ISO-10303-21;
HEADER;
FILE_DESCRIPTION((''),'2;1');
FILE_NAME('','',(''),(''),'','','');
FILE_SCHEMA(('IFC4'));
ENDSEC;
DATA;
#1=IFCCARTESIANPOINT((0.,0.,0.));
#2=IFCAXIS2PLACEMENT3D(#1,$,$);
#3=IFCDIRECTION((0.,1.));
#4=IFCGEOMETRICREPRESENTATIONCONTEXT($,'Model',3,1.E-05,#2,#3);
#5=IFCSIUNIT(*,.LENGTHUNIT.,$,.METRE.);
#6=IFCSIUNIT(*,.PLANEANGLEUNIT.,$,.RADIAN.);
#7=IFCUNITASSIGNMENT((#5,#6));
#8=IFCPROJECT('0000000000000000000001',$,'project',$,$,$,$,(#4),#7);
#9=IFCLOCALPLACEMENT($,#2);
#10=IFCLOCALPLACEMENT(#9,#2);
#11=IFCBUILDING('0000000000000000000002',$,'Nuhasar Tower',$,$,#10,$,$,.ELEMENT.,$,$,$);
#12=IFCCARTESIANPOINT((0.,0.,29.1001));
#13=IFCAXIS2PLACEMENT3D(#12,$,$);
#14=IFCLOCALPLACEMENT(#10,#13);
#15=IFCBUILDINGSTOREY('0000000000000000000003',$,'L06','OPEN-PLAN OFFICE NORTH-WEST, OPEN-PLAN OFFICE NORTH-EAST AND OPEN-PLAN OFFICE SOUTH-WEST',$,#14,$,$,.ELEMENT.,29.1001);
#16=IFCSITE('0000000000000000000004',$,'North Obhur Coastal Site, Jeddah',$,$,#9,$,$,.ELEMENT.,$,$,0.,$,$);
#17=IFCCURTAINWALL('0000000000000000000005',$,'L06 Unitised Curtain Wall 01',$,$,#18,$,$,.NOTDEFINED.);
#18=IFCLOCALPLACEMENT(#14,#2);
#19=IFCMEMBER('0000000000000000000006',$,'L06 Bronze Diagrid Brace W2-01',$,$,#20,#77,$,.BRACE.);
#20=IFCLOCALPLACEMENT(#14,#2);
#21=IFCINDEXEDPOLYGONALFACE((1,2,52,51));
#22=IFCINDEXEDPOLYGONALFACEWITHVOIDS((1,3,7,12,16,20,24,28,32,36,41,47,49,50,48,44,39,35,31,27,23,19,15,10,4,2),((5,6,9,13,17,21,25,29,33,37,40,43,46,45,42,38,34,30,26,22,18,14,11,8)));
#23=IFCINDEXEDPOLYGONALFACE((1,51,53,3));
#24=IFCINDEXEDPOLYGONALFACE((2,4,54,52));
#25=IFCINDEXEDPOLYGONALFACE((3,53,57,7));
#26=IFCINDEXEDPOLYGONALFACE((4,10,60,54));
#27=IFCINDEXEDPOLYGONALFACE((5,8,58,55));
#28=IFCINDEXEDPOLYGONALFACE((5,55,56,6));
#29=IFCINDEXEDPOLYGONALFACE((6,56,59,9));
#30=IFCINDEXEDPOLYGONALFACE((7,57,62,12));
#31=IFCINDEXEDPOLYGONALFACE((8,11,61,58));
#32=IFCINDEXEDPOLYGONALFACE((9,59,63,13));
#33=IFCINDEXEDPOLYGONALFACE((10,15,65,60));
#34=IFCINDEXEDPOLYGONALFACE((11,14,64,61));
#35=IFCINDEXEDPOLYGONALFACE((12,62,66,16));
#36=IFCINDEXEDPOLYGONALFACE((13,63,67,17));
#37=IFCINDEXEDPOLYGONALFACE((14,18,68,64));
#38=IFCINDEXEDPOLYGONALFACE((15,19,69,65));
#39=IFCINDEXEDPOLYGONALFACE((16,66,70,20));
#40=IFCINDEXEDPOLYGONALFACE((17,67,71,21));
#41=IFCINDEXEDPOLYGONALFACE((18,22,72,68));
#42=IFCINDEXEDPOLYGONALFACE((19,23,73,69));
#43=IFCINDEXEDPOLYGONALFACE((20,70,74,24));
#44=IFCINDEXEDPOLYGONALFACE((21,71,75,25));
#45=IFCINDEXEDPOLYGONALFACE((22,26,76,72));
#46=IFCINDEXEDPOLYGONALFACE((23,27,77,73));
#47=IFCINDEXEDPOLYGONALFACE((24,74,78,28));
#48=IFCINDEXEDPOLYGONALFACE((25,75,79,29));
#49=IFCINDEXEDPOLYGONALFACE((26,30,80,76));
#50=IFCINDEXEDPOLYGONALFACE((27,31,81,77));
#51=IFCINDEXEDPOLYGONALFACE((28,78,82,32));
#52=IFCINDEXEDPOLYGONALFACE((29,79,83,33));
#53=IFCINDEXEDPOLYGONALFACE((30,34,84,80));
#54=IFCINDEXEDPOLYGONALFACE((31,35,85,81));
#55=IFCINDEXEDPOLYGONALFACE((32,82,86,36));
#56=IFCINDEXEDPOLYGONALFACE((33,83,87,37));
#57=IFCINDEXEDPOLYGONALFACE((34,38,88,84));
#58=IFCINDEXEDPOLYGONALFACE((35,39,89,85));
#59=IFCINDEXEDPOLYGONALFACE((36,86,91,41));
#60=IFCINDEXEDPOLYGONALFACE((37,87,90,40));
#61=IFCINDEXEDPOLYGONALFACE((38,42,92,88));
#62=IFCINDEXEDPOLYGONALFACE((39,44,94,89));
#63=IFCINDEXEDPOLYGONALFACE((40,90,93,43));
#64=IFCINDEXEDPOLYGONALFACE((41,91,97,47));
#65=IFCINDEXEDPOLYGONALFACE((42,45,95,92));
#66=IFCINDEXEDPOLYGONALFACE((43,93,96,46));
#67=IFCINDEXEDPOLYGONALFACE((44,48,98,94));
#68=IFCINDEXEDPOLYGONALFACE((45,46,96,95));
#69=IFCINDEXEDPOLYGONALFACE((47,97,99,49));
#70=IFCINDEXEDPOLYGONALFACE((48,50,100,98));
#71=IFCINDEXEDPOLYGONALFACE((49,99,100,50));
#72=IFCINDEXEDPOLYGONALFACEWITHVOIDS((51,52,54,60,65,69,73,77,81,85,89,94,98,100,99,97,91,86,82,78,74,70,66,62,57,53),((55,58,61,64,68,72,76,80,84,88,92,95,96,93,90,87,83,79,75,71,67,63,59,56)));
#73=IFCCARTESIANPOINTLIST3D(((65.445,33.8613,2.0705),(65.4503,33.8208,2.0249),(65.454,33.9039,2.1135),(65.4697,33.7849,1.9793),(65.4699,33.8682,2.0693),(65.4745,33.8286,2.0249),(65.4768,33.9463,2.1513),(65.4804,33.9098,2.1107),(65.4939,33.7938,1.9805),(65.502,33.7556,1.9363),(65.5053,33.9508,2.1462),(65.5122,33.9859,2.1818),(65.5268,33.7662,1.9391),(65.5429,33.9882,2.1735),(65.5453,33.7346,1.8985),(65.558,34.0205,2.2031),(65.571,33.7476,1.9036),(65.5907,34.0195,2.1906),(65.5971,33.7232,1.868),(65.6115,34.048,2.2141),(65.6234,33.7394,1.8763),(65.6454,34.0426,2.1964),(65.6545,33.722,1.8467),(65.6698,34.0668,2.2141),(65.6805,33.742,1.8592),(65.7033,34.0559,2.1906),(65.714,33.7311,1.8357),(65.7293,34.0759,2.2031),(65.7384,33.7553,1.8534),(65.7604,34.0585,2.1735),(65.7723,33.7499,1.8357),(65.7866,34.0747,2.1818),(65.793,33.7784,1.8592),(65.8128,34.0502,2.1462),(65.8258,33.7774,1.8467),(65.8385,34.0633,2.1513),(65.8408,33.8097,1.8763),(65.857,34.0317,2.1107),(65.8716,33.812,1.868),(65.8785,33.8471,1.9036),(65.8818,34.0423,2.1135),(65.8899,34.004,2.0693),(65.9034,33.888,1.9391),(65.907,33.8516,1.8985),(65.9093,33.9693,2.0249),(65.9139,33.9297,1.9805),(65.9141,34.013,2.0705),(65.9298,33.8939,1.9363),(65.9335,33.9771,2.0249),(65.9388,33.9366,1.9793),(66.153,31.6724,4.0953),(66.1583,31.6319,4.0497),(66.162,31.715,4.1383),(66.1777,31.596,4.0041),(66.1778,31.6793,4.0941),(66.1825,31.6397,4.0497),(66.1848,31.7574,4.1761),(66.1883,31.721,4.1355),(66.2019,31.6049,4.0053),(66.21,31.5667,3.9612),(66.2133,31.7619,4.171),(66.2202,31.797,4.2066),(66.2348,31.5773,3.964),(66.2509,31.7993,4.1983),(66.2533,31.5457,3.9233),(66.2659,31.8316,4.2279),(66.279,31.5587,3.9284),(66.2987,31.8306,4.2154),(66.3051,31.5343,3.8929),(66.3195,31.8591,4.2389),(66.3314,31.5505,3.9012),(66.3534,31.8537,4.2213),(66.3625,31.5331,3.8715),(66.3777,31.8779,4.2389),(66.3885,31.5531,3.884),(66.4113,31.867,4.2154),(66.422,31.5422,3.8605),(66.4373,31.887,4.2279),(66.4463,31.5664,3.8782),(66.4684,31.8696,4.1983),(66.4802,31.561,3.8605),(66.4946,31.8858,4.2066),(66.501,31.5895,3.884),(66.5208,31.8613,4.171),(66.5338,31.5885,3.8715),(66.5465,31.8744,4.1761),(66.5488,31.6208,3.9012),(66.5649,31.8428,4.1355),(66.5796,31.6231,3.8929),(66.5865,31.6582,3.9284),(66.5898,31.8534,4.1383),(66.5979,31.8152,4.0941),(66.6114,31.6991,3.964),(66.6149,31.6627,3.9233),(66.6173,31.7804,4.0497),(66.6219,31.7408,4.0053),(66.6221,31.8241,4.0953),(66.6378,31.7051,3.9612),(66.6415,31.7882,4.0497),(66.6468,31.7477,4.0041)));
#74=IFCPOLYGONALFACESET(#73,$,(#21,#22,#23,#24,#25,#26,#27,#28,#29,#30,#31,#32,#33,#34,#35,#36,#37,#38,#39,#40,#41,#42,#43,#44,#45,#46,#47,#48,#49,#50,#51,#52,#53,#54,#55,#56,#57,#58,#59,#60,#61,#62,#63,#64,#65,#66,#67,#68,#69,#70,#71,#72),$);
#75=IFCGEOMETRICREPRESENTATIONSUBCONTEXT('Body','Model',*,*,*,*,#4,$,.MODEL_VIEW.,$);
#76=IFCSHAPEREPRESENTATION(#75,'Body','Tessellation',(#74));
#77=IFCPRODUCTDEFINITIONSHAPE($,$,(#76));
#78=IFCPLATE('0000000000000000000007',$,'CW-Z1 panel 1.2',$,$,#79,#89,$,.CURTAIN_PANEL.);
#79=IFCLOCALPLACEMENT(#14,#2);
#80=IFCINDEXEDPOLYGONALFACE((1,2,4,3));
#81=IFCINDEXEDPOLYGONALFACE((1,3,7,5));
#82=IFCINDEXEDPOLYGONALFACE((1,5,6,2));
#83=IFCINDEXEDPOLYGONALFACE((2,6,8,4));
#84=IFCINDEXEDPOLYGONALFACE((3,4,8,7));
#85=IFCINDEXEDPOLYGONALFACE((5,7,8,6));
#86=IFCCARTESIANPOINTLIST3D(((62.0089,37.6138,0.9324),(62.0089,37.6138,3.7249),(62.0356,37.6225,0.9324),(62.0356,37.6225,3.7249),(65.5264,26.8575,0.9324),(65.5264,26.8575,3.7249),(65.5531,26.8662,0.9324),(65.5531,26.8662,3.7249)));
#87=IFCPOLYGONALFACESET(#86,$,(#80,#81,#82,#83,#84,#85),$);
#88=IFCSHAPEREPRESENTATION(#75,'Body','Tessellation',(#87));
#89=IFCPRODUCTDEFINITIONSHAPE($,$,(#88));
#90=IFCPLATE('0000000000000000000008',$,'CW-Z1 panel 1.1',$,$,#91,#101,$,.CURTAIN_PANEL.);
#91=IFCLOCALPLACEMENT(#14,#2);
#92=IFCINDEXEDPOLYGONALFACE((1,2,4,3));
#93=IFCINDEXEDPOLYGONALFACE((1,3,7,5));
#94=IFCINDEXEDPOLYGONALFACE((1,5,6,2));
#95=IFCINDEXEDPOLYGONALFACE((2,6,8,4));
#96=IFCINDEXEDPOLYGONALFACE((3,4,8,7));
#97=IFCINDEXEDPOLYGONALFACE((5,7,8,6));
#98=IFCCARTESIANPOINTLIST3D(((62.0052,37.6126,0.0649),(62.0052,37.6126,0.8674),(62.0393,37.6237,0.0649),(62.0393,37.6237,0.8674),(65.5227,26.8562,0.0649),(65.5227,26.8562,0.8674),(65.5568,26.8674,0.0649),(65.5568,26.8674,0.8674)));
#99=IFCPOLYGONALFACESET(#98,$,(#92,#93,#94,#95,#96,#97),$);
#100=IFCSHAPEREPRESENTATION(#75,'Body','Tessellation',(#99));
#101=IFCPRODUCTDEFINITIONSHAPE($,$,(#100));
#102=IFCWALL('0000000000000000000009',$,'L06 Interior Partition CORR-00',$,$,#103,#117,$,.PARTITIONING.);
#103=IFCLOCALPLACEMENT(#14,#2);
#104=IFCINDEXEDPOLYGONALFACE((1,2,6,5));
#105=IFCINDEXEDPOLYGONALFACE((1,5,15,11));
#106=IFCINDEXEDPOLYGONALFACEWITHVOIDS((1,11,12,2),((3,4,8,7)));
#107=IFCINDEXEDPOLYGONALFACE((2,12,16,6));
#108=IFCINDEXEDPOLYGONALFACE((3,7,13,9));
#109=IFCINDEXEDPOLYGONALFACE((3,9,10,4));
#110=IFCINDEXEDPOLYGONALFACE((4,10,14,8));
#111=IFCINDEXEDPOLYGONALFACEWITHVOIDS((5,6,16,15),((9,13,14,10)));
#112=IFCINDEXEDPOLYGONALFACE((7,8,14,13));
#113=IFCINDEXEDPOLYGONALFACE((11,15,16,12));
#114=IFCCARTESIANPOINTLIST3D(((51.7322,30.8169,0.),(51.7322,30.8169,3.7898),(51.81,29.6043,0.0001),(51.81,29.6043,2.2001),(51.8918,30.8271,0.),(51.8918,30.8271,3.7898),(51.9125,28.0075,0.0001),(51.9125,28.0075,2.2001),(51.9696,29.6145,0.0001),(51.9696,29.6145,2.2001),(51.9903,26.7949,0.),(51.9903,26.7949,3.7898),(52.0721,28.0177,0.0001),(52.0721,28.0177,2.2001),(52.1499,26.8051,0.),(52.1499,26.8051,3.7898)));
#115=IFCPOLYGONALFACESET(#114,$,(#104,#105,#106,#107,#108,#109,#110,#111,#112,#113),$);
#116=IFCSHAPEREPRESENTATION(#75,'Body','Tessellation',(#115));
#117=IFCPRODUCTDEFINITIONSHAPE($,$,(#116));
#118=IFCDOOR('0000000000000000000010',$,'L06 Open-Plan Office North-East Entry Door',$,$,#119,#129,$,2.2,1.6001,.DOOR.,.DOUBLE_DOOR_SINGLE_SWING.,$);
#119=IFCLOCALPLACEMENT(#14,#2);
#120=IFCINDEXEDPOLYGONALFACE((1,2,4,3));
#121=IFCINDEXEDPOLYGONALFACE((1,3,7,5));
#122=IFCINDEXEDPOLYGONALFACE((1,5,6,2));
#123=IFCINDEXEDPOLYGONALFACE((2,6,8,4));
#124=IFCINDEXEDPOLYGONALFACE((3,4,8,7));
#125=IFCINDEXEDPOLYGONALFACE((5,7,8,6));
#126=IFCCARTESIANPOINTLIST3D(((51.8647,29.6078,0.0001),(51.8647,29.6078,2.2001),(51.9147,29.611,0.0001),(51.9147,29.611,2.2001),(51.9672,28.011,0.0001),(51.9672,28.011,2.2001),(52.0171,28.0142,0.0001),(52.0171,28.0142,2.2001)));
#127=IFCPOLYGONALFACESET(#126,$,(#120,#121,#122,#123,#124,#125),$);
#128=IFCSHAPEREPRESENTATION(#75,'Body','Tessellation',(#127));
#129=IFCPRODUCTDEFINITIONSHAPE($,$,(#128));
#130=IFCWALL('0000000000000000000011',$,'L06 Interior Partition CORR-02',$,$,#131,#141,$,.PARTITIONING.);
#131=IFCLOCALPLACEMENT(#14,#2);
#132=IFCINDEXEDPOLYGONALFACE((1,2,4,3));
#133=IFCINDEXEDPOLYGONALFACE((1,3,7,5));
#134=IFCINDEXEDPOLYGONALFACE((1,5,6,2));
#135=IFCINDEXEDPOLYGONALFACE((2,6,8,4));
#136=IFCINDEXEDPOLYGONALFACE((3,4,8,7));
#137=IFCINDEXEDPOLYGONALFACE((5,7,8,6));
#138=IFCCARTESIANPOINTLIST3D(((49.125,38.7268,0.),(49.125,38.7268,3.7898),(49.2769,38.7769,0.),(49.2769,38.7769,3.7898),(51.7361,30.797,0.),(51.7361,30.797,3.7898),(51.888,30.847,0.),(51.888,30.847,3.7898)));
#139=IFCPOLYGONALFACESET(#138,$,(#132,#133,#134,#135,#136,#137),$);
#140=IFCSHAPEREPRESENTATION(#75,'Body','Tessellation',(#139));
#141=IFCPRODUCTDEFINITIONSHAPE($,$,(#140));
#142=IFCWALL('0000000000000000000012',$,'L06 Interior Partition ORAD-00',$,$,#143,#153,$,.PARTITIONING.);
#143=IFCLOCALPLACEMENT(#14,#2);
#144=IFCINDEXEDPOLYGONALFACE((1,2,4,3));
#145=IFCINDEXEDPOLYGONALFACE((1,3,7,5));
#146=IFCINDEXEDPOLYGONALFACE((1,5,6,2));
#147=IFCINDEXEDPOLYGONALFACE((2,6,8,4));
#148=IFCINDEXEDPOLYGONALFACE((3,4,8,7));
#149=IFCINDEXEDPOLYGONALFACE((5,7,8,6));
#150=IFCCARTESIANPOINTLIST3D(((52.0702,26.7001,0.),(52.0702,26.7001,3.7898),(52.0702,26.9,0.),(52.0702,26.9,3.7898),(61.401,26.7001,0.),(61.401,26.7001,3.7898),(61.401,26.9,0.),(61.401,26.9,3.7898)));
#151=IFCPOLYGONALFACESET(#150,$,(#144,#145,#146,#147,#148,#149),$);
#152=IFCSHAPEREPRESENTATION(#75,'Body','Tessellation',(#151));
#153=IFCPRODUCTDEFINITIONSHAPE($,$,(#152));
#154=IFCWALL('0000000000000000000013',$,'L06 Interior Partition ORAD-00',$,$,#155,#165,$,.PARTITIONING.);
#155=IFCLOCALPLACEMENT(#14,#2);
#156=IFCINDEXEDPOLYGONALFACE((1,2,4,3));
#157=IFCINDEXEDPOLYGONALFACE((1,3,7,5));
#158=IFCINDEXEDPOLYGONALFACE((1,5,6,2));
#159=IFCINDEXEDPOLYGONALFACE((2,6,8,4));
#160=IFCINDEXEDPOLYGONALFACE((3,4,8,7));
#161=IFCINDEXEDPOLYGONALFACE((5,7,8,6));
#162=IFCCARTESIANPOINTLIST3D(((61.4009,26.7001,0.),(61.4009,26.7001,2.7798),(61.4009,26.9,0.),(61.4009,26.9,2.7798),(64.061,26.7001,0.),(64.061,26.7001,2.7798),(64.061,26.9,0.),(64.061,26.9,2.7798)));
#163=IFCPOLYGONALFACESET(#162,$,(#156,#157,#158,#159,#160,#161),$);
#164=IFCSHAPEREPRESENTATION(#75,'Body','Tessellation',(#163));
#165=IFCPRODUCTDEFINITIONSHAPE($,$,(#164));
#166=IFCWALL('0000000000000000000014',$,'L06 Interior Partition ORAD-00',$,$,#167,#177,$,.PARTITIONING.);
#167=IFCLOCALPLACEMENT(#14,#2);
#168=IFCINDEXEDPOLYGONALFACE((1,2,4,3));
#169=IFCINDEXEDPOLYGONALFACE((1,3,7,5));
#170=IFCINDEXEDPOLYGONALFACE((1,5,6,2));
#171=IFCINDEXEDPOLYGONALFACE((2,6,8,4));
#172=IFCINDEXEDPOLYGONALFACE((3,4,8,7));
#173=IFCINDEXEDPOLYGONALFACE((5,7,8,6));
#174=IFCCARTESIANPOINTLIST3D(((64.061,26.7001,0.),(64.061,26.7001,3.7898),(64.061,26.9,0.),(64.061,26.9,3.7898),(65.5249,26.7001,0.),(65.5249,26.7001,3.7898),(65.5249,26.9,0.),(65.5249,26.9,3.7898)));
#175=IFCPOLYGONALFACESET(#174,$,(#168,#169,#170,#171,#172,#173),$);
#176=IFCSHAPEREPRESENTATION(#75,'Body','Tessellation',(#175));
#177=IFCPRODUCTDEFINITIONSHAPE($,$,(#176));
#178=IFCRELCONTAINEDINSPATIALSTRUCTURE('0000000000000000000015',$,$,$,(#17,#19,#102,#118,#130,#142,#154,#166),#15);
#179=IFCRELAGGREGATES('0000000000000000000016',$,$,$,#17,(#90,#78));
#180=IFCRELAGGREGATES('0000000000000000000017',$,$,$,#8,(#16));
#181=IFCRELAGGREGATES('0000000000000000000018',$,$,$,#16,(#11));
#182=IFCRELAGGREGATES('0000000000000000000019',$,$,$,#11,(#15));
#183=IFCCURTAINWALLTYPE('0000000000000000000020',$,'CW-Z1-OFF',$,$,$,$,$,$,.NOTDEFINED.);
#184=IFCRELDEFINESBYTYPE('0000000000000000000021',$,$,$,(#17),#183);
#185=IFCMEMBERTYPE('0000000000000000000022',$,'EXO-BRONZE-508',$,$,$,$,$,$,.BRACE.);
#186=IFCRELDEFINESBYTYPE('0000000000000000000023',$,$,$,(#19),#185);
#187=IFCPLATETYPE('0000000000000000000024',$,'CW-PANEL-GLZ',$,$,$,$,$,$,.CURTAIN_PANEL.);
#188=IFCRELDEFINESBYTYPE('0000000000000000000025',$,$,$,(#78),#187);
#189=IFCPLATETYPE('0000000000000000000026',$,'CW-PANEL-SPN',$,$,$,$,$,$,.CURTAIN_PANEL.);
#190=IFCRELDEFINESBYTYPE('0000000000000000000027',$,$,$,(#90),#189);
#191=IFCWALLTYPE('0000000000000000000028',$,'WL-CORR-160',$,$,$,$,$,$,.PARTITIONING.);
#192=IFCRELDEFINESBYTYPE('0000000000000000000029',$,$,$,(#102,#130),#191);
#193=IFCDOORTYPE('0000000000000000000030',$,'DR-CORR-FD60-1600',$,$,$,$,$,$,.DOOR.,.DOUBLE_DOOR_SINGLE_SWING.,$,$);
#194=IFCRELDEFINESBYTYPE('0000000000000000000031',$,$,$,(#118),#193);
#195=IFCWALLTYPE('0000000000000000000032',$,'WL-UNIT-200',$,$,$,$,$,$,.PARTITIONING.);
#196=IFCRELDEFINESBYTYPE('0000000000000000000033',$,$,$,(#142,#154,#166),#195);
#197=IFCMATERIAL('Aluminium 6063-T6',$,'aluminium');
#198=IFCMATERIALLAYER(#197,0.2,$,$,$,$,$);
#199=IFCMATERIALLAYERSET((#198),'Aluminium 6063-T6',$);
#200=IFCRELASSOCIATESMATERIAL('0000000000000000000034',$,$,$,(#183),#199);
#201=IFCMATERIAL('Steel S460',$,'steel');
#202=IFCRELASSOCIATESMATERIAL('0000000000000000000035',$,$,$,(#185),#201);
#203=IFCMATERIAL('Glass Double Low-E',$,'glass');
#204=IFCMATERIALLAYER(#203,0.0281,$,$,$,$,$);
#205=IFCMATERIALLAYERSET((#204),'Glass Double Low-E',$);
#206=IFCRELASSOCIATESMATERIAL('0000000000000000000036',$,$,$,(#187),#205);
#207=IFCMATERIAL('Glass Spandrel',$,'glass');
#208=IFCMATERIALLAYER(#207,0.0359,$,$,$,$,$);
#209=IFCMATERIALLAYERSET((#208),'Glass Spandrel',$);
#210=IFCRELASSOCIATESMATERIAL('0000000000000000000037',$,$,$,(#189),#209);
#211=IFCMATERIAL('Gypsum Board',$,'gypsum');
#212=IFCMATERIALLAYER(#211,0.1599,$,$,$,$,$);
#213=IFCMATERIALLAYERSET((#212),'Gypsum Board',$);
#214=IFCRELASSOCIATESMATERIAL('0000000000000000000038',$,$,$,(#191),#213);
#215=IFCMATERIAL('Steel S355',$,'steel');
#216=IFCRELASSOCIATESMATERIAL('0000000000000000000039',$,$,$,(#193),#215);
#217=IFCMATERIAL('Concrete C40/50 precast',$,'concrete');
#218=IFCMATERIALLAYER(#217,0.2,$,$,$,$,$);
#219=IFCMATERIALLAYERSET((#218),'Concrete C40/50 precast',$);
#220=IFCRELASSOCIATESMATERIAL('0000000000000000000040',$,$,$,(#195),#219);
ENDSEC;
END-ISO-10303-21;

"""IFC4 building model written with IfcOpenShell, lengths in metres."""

from ifc_helpers import new_model, si_unit, direction, frame, frame_2d, origin, origin_2d, place, context, subcontext, project, spatial, rectangle, hollow_circle, extrude, material, layer, layer_set, material_profile, profile_set, type_object, element, fill, aggregate, save


model = new_model("IFC4")

# Units and contexts
model_context = context("Model", 3, precision=1e-05, world=origin(), true_north=direction((0.0, 1.0)))
body_context = subcontext(model_context, "Body", "Model", "MODEL_VIEW")
ifc_project = project(units=[si_unit("LENGTHUNIT", "METRE"), si_unit("PLANEANGLEUNIT", "RADIAN")], contexts=[model_context])

# Site, building, storey
site_placement = place(None, origin())
site = spatial("IfcSite", under=ifc_project, at=site_placement, Name="North Obhur Coastal Site, Jeddah", CompositionType="ELEMENT", RefElevation=0.0)
building_placement = place(site_placement, origin())
building = spatial("IfcBuilding", under=site, at=building_placement, Name="Nuhasar Tower", CompositionType="ELEMENT")
storey_placement = place(building_placement, frame((0.0, 0.0, 29.1001)))
storey = spatial("IfcBuildingStorey", under=building, at=storey_placement, Name="L06", Description="OPEN-PLAN OFFICE NORTH-WEST, OPEN-PLAN OFFICE NORTH-EAST AND OPEN-PLAN OFFICE SOUTH-WEST", CompositionType="ELEMENT", Elevation=29.1001)

# Shared definitions
ifc_material_1 = material(Name="Steel S355", Category="steel")

# Curtain wall
ifc_material_2 = material(Name="Aluminium 6063-T6", Category="aluminium")
ifc_layer_1 = layer(ifc_material_2, 0.2)
ifc_layer_set_1 = layer_set([ifc_layer_1], Name="Aluminium 6063-T6")
curtain_wall_type = type_object("IfcCurtainWallType", Name="CW-Z1-OFF", PredefinedType="NOTDEFINED", material=ifc_layer_set_1)
curtain_wall_1_placement = place(storey_placement, origin())
curtain_wall_1 = element("IfcCurtainWall", 1, at=curtain_wall_1_placement, inside=storey, type_object=curtain_wall_type, Name="L06 Unitised Curtain Wall 01", PredefinedType="NOTDEFINED")

# Member
ifc_material_3 = material(Name="Steel S460", Category="steel")
ifc_material_profile_1 = material_profile(ifc_material_3, hollow_circle(Radius=0.2539, WallThickness=0.0254, at=origin_2d()), Name="HSS508X25.4")
ifc_profile_set_1 = profile_set([ifc_material_profile_1], Name="Steel S460")
member_type_1 = type_object("IfcMemberType", Name="EXO-BRONZE-508", PredefinedType="BRACE", material=ifc_profile_set_1)
for number, where, z_axis, x_axis, name in (
    (2, (65.6919, 33.8989, 2.0249), (0.231012, -0.714225, 0.660694), (0.951468, 0.307747, 0.0), "L06 Bronze Diagrid Brace W2-01"),
):
    element("IfcMember", number, at=place(storey_placement, frame(where, z_axis=z_axis, x_axis=x_axis)), inside=storey, type_object=member_type_1, Name=name, PredefinedType="BRACE", context=body_context, shape_type="SweptSolid", body=[
        extrude(hollow_circle(Radius=0.2539, WallThickness=0.0254, at=origin_2d()), origin(), (0.0, 0.0, 1.0), 3.0647),
    ])

# Plates
ifc_material_4 = material(Name="Glass Double Low-E", Category="glass")
ifc_layer_2 = layer(ifc_material_4, 0.0281)
ifc_layer_set_2 = layer_set([ifc_layer_2], Name="Glass Double Low-E")
plate_type_1 = type_object("IfcPlateType", Name="CW-PANEL-GLZ", PredefinedType="CURTAIN_PANEL", material=ifc_layer_set_2)
plate_1_placement = place(storey_placement, frame((63.781, 32.24, 0.9324), z_axis=(0.0, 0.0, 1.0), x_axis=(-0.310824, 0.950468, 0.0)))
plate_1 = element("IfcPlate", 3, at=plate_1_placement, type_object=plate_type_1, Name="CW-Z1 panel 1.2", PredefinedType="CURTAIN_PANEL", context=body_context, shape_type="SweptSolid", body=[
    extrude(rectangle(XDim=11.3169, YDim=0.0281, at=origin_2d()), origin(), (0.0, 0.0, 1.0), 2.7925),
])
ifc_material_5 = material(Name="Glass Spandrel", Category="glass")
ifc_layer_3 = layer(ifc_material_5, 0.0359)
ifc_layer_set_3 = layer_set([ifc_layer_3], Name="Glass Spandrel")
plate_type_2 = type_object("IfcPlateType", Name="CW-PANEL-SPN", PredefinedType="CURTAIN_PANEL", material=ifc_layer_set_3)
plate_2_placement = place(storey_placement, frame((63.781, 32.24, 0.0649), z_axis=(0.0, 0.0, 1.0), x_axis=(-0.310824, 0.950468, 0.0)))
plate_2 = element("IfcPlate", 4, at=plate_2_placement, type_object=plate_type_2, Name="CW-Z1 panel 1.1", PredefinedType="CURTAIN_PANEL", context=body_context, shape_type="SweptSolid", body=[
    extrude(rectangle(XDim=11.3169, YDim=0.0359, at=origin_2d()), origin(), (0.0, 0.0, 1.0), 0.8025),
])
aggregate(curtain_wall_1, [plate_2, plate_1])

# Wall, opening, door
ifc_material_6 = material(Name="Gypsum Board", Category="gypsum")
ifc_layer_4 = layer(ifc_material_6, 0.1599)
ifc_layer_set_4 = layer_set([ifc_layer_4], Name="Gypsum Board")
wall_type_1 = type_object("IfcWallType", Name="WL-CORR-160", PredefinedType="PARTITIONING", material=ifc_layer_set_4)
wall_1_placement = place(storey_placement, frame((51.812, 30.822, 0.0), z_axis=(0.0, 0.0, 1.0), x_axis=(0.06403, -0.997948, 0.0)))
wall_1 = element("IfcWall", 5, at=wall_1_placement, inside=storey, type_object=wall_type_1, Name="L06 Interior Partition CORR-00", PredefinedType="PARTITIONING", context=body_context, shape_type="SweptSolid", body=[
    extrude(rectangle(XDim=4.0303, YDim=0.1599, at=frame_2d((2.0151, 0.0))), origin(), (0.0, 0.0, 1.0), 3.7898),
])
opening_placement = place(wall_1_placement, frame((1.2151, 0.0, 0.0)))
opening = element("IfcOpeningElement", 6, at=opening_placement, cuts=wall_1, PredefinedType="OPENING", context=body_context, shape_type="SweptSolid", body=[
    extrude(rectangle(XDim=1.6001, YDim=2.2, at=frame_2d((0.8, 1.1001))), frame((0.0, 0.0898, 0.0), z_axis=(0.0, -1.0, 0.0), x_axis=(1.0, 0.0, 0.0)), (0.0, 0.0, 1.0), 0.1799),
])
door_type = type_object("IfcDoorType", Name="DR-CORR-FD60-1600", OperationType="DOUBLE_DOOR_SINGLE_SWING", PredefinedType="DOOR", material=ifc_material_1)
door_placement = place(opening_placement, origin())
door = element("IfcDoor", 7, at=door_placement, inside=storey, type_object=door_type, Name="L06 Open-Plan Office North-East Entry Door", OperationType="DOUBLE_DOOR_SINGLE_SWING", OverallHeight=2.2, OverallWidth=1.6001, PredefinedType="DOOR", context=body_context, shape_type="SweptSolid", body=[
    extrude(rectangle(XDim=1.6001, YDim=2.2, at=frame_2d((0.8, 1.1001))), frame((0.0, 0.0249, 0.0), z_axis=(0.0, -1.0, 0.0), x_axis=(1.0, 0.0, 0.0)), (0.0, 0.0, 1.0), 0.05),
])
fill(opening, door)

# Walls
wall_2_placement = place(storey_placement, frame((51.812, 30.822, 0.0), z_axis=(0.0, 0.0, 1.0), x_axis=(-0.312752, 0.949835, 0.0)))
element("IfcWall", 8, at=wall_2_placement, inside=storey, type_object=wall_type_1, Name="L06 Interior Partition CORR-02", PredefinedType="PARTITIONING", context=body_context, shape_type="SweptSolid", body=[
    extrude(rectangle(XDim=8.3486, YDim=0.1599, at=frame_2d((4.1743, 0.0))), origin(), (0.0, 0.0, 1.0), 3.7898),
])
ifc_material_7 = material(Name="Concrete C40/50 precast", Category="concrete")
ifc_layer_5 = layer(ifc_material_7, 0.2)
ifc_layer_set_5 = layer_set([ifc_layer_5], Name="Concrete C40/50 precast")
wall_type_2 = type_object("IfcWallType", Name="WL-UNIT-200", PredefinedType="PARTITIONING", material=ifc_layer_set_5)
wall_3_placement = place(storey_placement, frame((52.0701, 26.8, 0.0), z_axis=(0.0, 0.0, 1.0), x_axis=(1.0, 0.0, 0.0)))
element("IfcWall", 9, at=wall_3_placement, inside=storey, type_object=wall_type_2, Name="L06 Interior Partition ORAD-00", PredefinedType="PARTITIONING", context=body_context, shape_type="SweptSolid", body=[
    extrude(rectangle(XDim=9.3308, YDim=0.2, at=frame_2d((4.6655, 0.0))), origin(), (0.0, 0.0, 1.0), 3.7898),
])
wall_4_placement = place(storey_placement, frame((61.4009, 26.8, 0.0), z_axis=(0.0, 0.0, 1.0), x_axis=(1.0, 0.0, 0.0)))
element("IfcWall", 10, at=wall_4_placement, inside=storey, type_object=wall_type_2, Name="L06 Interior Partition ORAD-00", PredefinedType="PARTITIONING", context=body_context, shape_type="SweptSolid", body=[
    extrude(rectangle(XDim=2.6602, YDim=0.2, at=frame_2d((1.3301, 0.0))), origin(), (0.0, 0.0, 1.0), 2.7798),
])
wall_5_placement = place(storey_placement, frame((64.061, 26.8, 0.0), z_axis=(0.0, 0.0, 1.0), x_axis=(1.0, 0.0, 0.0)))
element("IfcWall", 11, at=wall_5_placement, inside=storey, type_object=wall_type_2, Name="L06 Interior Partition ORAD-00", PredefinedType="PARTITIONING", context=body_context, shape_type="SweptSolid", body=[
    extrude(rectangle(XDim=1.4639, YDim=0.2, at=frame_2d((0.7319, 0.0))), origin(), (0.0, 0.0, 1.0), 3.7898),
])

save(model, "model.ifc")
